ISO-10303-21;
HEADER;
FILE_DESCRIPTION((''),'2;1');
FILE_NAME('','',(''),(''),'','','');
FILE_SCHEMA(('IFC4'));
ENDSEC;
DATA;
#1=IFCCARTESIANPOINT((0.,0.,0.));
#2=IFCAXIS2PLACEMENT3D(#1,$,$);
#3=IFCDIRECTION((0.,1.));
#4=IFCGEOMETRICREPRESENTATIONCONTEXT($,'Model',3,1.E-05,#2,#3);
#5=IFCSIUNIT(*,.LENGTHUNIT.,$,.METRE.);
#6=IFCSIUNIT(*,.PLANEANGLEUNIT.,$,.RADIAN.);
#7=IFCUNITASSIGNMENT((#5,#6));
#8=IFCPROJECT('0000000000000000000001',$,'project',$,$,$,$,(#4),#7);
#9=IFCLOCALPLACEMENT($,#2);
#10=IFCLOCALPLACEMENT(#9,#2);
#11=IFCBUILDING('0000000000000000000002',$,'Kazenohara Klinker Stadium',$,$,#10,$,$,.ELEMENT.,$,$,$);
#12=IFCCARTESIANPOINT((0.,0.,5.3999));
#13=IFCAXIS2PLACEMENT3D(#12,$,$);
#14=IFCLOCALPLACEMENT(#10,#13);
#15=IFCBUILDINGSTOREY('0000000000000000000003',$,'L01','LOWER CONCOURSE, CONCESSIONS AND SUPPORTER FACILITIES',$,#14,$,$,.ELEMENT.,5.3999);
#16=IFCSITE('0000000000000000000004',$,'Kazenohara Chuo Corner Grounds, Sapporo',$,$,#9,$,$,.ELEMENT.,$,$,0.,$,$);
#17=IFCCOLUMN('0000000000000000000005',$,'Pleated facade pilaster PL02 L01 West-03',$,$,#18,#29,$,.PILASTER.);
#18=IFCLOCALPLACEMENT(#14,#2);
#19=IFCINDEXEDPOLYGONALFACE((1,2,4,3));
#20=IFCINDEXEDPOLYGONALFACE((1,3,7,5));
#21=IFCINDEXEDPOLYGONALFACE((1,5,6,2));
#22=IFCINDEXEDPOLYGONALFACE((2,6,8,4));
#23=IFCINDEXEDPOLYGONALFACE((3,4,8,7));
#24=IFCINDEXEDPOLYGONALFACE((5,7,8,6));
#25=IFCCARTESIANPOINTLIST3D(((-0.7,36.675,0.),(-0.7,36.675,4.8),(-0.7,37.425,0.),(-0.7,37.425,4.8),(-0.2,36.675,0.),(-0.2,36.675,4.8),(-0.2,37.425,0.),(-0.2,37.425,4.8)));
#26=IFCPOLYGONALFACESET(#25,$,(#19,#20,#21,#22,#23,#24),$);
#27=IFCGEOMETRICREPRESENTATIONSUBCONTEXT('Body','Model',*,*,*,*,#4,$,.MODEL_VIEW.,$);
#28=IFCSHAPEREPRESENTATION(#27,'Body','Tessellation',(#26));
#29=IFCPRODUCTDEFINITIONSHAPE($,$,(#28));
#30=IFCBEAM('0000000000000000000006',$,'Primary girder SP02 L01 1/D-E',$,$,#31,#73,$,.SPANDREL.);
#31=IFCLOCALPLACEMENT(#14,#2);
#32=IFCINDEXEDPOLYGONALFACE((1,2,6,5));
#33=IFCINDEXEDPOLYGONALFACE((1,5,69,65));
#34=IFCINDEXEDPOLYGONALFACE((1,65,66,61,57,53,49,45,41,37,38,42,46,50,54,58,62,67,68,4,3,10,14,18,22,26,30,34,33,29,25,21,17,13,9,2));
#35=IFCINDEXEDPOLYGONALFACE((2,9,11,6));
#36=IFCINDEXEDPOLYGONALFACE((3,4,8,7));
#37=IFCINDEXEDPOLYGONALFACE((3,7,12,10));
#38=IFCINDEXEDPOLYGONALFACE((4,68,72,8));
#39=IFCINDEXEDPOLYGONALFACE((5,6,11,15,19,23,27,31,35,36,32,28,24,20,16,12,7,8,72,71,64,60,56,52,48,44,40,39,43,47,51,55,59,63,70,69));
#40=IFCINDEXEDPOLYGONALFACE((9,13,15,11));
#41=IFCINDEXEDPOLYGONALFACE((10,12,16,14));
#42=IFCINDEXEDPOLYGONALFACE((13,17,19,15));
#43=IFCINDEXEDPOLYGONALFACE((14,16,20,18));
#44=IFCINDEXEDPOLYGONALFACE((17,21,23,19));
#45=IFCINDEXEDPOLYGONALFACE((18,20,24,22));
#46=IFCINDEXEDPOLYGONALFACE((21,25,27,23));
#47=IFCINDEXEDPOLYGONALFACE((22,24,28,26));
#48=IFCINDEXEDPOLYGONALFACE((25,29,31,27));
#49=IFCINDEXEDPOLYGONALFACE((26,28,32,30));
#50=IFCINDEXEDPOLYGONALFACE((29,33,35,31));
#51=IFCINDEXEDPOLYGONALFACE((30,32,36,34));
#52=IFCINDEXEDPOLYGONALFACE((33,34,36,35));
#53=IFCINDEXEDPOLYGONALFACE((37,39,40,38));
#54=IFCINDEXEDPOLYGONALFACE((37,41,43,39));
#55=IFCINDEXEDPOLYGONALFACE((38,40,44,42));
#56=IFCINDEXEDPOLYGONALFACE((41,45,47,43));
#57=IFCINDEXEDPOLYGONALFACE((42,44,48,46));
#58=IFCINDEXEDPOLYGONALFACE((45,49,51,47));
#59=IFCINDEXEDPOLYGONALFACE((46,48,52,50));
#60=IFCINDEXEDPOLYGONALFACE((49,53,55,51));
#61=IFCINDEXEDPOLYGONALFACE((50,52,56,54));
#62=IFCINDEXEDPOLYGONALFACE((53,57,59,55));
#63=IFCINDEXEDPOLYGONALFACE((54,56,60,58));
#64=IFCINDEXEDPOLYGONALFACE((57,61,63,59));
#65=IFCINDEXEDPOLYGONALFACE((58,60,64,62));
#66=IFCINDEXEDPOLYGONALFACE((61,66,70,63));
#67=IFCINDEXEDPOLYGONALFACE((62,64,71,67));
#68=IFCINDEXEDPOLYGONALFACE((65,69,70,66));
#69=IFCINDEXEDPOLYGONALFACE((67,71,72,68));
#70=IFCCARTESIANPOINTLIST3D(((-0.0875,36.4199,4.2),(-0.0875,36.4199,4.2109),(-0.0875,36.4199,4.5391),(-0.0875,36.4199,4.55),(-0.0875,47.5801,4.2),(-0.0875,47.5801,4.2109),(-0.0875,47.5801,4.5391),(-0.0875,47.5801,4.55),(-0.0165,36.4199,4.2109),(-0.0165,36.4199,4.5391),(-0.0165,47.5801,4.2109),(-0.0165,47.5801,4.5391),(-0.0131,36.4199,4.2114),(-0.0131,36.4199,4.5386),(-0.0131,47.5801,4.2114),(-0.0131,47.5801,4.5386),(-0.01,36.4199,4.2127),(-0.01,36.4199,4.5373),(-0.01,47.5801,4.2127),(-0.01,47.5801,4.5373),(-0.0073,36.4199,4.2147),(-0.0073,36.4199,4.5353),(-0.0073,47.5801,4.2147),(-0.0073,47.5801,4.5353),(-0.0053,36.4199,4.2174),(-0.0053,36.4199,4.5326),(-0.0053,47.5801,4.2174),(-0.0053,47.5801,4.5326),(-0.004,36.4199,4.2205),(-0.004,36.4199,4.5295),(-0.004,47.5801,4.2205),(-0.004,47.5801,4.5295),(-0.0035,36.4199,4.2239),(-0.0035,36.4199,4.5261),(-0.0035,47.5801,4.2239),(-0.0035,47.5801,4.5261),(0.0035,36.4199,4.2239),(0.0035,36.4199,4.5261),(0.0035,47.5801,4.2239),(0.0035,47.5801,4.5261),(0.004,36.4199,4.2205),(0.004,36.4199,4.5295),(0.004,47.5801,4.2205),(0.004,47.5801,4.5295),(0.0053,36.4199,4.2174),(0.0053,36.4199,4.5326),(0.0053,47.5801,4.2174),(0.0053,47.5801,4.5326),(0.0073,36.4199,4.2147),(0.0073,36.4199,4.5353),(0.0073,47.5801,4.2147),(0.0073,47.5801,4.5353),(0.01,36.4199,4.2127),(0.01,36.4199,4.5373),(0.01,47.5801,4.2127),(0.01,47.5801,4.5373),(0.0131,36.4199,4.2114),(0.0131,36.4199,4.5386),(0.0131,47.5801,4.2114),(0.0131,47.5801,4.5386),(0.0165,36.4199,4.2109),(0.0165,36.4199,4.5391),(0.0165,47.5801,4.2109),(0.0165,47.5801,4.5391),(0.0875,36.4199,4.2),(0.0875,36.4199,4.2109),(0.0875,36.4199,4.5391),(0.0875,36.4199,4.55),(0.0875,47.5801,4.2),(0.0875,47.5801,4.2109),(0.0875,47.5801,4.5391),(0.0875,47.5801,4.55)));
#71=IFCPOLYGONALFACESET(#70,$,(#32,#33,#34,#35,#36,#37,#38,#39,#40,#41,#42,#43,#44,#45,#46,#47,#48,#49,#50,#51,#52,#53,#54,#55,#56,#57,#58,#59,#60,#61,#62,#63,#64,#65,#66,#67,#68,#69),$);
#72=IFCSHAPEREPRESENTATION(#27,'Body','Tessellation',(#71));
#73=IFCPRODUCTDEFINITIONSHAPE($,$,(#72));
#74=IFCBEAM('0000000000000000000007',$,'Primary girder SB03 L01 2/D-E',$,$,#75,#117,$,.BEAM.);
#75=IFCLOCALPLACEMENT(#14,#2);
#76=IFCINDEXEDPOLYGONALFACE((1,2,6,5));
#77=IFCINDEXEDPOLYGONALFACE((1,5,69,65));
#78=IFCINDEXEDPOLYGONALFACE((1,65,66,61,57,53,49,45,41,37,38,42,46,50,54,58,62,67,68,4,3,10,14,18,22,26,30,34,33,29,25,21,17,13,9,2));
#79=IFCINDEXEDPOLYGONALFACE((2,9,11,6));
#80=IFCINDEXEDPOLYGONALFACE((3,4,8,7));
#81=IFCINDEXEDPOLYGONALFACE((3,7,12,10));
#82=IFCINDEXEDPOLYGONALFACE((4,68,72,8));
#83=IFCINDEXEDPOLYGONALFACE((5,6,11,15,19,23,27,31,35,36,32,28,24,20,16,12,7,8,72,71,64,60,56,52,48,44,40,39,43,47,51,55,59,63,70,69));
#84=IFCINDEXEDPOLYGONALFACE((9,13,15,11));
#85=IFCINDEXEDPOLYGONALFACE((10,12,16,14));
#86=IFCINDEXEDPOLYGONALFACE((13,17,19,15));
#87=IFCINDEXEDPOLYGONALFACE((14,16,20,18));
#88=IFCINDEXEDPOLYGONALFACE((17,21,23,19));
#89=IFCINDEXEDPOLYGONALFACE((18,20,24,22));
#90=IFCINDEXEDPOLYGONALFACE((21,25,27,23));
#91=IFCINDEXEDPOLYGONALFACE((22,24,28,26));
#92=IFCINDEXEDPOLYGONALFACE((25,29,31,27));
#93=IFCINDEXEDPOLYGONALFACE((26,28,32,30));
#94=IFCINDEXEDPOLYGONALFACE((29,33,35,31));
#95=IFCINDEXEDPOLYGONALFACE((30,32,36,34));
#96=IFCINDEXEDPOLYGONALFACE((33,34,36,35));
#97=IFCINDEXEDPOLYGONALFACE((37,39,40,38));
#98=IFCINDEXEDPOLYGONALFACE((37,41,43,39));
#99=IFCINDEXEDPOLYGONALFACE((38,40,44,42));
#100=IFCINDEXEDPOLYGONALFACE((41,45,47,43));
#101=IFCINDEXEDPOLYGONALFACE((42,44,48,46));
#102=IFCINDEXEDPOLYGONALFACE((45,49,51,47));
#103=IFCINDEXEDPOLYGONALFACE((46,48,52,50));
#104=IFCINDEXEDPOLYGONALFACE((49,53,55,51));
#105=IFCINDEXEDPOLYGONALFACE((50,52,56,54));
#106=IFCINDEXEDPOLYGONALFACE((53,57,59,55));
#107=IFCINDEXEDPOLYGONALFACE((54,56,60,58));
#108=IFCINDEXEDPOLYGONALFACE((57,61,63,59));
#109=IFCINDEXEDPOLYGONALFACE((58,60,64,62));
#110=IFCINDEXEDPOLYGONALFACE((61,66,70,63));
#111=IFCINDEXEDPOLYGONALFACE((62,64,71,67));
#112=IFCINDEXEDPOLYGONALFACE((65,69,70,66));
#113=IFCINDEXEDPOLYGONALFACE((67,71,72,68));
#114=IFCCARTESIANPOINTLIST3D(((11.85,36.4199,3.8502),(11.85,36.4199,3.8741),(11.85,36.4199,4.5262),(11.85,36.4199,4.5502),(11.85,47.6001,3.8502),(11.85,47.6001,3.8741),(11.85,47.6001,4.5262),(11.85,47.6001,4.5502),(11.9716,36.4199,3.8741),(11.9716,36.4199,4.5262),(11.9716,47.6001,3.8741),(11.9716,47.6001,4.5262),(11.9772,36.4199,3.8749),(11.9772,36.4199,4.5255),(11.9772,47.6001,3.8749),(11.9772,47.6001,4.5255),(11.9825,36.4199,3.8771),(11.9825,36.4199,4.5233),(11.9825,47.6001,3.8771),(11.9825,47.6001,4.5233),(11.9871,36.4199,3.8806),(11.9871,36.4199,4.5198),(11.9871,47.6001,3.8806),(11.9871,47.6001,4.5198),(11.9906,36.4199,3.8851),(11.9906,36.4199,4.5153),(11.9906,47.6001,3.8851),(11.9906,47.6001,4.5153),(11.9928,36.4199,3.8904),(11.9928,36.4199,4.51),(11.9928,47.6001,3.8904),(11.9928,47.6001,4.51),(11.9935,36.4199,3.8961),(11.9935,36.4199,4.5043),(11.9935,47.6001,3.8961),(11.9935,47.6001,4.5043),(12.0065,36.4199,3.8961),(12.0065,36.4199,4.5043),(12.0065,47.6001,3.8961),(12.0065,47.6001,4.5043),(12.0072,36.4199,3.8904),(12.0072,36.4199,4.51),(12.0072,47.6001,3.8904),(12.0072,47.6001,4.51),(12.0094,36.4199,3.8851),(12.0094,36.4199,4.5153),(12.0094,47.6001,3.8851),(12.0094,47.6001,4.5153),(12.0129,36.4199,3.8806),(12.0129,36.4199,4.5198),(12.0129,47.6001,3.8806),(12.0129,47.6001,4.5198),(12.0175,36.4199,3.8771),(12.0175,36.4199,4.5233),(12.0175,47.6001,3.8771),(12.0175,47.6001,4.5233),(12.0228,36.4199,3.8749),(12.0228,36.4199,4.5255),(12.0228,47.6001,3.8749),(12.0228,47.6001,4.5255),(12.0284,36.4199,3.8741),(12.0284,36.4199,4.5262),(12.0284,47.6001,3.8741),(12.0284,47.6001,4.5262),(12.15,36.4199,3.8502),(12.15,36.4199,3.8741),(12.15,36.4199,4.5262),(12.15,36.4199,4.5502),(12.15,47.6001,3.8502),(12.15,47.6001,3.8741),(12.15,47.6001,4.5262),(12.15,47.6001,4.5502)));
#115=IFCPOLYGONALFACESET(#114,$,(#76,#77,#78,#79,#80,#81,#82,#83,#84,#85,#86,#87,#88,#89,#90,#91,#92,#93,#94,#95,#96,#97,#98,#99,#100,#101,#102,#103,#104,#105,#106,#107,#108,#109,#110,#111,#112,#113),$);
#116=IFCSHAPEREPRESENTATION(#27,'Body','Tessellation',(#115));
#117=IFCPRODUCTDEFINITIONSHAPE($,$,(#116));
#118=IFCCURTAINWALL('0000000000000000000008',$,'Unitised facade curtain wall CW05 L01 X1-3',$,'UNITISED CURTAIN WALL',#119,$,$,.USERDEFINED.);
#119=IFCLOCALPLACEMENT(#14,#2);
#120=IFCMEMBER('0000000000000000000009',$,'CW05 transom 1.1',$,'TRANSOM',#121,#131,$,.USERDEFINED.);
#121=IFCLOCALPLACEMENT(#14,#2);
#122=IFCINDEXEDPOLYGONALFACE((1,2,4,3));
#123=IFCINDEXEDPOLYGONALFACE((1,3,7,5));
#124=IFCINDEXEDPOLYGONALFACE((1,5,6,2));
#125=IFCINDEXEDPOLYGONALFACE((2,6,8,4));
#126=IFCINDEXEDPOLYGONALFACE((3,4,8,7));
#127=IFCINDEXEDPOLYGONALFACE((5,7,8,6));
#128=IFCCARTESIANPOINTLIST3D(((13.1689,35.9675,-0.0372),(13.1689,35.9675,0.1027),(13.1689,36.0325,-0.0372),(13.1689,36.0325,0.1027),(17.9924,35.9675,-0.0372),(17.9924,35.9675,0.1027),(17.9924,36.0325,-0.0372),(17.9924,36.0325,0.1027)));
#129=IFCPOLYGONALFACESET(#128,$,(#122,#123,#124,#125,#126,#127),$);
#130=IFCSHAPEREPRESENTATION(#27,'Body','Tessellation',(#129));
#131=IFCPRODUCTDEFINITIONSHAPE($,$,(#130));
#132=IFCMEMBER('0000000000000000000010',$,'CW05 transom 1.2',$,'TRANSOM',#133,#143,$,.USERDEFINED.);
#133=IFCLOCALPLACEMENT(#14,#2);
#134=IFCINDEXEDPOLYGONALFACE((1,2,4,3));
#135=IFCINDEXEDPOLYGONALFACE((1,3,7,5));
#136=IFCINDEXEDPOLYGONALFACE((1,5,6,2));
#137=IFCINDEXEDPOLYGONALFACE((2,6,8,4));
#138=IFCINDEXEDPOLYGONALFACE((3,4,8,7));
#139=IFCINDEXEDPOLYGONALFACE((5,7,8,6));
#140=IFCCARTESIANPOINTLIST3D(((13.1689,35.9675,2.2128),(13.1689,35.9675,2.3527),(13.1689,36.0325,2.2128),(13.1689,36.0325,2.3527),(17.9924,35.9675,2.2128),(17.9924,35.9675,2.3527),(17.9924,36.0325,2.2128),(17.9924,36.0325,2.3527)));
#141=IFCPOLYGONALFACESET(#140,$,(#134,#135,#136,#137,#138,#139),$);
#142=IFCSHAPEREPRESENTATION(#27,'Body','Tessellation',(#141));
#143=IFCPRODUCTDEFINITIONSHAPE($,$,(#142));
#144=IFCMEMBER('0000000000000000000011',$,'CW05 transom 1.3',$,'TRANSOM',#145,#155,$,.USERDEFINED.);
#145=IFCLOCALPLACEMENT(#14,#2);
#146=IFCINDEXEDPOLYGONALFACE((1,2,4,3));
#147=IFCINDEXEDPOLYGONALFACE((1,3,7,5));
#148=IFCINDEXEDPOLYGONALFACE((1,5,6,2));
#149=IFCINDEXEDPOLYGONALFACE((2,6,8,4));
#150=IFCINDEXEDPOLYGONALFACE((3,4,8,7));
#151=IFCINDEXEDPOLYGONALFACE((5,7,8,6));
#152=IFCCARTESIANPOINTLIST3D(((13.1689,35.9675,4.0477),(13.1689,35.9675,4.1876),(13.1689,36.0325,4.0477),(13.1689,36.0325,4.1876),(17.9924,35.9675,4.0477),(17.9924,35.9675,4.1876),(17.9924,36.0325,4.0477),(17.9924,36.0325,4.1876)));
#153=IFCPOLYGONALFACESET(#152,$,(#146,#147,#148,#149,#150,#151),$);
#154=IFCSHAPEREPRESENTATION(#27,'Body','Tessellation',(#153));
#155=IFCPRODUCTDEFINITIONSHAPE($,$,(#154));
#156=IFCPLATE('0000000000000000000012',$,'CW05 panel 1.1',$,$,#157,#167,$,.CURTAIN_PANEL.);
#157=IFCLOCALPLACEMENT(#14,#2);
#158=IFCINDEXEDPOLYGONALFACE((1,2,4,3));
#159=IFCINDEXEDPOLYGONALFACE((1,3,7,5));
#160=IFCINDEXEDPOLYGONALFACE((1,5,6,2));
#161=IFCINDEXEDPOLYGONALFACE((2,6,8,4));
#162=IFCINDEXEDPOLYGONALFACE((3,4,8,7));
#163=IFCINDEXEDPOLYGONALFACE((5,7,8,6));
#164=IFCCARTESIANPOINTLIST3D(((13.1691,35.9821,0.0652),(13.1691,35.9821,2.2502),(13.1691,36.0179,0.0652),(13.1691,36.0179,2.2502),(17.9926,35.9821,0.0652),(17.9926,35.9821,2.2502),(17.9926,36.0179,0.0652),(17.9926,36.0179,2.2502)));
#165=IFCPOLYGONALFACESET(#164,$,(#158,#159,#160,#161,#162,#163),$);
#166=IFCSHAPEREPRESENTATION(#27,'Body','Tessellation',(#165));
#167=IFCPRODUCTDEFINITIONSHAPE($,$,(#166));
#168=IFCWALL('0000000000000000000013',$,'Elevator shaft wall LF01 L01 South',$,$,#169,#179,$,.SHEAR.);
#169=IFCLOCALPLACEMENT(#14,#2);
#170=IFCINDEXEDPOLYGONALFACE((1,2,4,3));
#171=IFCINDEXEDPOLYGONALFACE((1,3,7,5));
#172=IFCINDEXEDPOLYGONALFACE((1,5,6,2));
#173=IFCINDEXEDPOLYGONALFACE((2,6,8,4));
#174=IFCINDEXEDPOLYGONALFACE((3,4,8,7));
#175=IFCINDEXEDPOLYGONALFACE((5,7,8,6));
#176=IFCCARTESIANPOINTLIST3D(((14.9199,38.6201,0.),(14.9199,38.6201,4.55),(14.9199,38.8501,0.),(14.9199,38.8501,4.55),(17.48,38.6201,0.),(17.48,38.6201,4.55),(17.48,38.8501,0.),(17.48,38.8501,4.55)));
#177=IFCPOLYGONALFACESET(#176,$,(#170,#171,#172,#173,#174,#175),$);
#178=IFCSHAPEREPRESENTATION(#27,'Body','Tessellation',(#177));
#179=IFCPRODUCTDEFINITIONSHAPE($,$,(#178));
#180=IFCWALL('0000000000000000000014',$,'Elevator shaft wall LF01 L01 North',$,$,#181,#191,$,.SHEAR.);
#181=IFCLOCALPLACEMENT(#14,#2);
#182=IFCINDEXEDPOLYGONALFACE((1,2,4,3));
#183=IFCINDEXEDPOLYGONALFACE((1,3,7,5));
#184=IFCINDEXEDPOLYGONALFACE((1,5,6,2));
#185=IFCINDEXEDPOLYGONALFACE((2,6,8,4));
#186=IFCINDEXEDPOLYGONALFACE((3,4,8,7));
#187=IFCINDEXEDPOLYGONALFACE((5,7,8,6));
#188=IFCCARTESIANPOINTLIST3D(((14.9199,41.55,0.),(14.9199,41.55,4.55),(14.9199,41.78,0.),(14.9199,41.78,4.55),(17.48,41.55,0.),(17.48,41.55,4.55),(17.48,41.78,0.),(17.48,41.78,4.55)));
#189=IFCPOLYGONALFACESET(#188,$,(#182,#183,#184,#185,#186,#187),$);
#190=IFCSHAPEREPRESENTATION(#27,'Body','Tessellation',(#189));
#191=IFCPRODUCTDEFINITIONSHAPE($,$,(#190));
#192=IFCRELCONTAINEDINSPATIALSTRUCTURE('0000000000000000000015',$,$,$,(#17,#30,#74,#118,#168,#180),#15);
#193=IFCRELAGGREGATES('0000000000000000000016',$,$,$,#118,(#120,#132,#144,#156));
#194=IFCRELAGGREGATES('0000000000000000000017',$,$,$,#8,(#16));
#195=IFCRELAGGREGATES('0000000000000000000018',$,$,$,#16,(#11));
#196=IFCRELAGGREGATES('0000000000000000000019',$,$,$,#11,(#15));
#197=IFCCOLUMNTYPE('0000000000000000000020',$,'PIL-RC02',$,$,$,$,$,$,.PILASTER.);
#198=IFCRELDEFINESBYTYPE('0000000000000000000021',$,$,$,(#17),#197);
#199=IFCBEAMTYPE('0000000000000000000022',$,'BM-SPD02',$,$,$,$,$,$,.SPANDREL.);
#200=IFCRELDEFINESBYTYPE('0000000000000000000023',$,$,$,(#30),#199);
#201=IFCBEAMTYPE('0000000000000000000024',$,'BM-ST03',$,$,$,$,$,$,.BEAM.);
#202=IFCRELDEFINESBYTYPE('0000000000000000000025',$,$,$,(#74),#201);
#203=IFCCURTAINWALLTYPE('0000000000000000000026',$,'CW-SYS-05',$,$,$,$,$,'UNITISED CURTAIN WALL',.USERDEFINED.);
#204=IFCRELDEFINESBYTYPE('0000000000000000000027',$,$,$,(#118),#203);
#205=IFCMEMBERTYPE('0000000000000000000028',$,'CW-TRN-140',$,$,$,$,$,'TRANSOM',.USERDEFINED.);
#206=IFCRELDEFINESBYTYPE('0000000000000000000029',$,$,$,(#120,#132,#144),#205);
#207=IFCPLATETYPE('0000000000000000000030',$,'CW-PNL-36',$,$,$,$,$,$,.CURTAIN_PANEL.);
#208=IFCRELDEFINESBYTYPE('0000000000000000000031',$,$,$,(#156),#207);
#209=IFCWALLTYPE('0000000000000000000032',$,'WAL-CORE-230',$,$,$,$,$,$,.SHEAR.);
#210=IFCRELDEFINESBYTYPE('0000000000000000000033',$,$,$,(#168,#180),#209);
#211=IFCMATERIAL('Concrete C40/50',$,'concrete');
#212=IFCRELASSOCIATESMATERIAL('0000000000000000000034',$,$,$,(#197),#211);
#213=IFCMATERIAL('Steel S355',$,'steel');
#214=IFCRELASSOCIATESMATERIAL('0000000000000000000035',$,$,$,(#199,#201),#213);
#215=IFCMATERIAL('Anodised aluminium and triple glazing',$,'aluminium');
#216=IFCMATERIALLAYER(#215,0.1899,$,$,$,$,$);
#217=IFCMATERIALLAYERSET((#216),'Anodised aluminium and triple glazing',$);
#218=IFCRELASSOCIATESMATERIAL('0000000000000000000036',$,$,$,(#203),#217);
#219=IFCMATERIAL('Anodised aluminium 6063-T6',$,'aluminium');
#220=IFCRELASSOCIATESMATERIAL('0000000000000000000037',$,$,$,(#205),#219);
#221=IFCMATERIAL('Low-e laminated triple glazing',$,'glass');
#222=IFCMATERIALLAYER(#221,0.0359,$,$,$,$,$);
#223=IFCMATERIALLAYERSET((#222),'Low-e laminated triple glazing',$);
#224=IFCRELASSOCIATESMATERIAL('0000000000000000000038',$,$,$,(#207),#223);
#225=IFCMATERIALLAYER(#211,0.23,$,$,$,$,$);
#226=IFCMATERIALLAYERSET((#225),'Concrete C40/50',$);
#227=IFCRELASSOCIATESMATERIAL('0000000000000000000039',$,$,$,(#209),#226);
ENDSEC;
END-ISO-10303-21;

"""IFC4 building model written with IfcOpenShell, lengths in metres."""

from ifc_helpers import new_model, si_unit, direction, frame, frame_2d, origin, origin_2d, place, context, subcontext, project, spatial, rectangle, i_section, extrude, material, layer, layer_set, material_profile, profile_set, type_object, element, aggregate, save


model = new_model("IFC4")

# Units and contexts
model_context = context("Model", 3, precision=1e-05, world=origin(), true_north=direction((0.0, 1.0)))
body_context = subcontext(model_context, "Body", "Model", "MODEL_VIEW")
ifc_project = project(units=[si_unit("LENGTHUNIT", "METRE"), si_unit("PLANEANGLEUNIT", "RADIAN")], contexts=[model_context])

# Site, building, storey
site_placement = place(None, origin())
site = spatial("IfcSite", under=ifc_project, at=site_placement, Name="Kazenohara Chuo Corner Grounds, Sapporo", CompositionType="ELEMENT", RefElevation=0.0)
building_placement = place(site_placement, origin())
building = spatial("IfcBuilding", under=site, at=building_placement, Name="Kazenohara Klinker Stadium", CompositionType="ELEMENT")
storey_placement = place(building_placement, frame((0.0, 0.0, 5.3999)))
storey = spatial("IfcBuildingStorey", under=building, at=storey_placement, Name="L01", Description="LOWER CONCOURSE, CONCESSIONS AND SUPPORTER FACILITIES", CompositionType="ELEMENT", Elevation=5.3999)

# Column
ifc_material_1 = material(Name="Concrete C40/50", Category="concrete")
ifc_material_profile_1 = material_profile(ifc_material_1, rectangle(XDim=0.5, YDim=0.75, at=origin_2d()), Name="RC-PILASTER-500x750")
ifc_profile_set_1 = profile_set([ifc_material_profile_1], Name="Concrete C40/50")
column_type = type_object("IfcColumnType", Name="PIL-RC02", PredefinedType="PILASTER", material=ifc_profile_set_1)
column_placement = place(storey_placement, frame((-0.45, 37.05, 0.0), z_axis=(0.0, 0.0, 1.0), x_axis=(1.0, 0.0, 0.0)))
element("IfcColumn", 1, at=column_placement, inside=storey, type_object=column_type, Name="Pleated facade pilaster PL02 L01 West-03", PredefinedType="PILASTER", context=body_context, shape_type="SweptSolid", body=[
    extrude(rectangle(XDim=0.5, YDim=0.75, at=origin_2d()), origin(), (0.0, 0.0, 1.0), 4.8),
])

# Beams
ifc_material_2 = material(Name="Steel S355", Category="steel")
ifc_material_profile_2 = material_profile(ifc_material_2, i_section(OverallWidth=0.175, OverallDepth=0.3501, WebThickness=0.0071, FlangeThickness=0.011, FilletRadius=0.0129, at=origin_2d()), Name="H-350x175x7x11")
ifc_profile_set_2 = profile_set([ifc_material_profile_2], Name="Steel S355")
beam_type_1 = type_object("IfcBeamType", Name="BM-SPD02", PredefinedType="SPANDREL", material=ifc_profile_set_2)
beam_1_placement = place(storey_placement, frame((0.0, 36.4199, 4.375), z_axis=(0.0, 1.0, 0.0), x_axis=(-1.0, 0.0, 0.0)))
element("IfcBeam", 2, at=beam_1_placement, inside=storey, type_object=beam_type_1, Name="Primary girder SP02 L01 1/D-E", PredefinedType="SPANDREL", context=body_context, shape_type="SweptSolid", body=[
    extrude(i_section(OverallWidth=0.175, OverallDepth=0.3501, WebThickness=0.0071, FlangeThickness=0.011, FilletRadius=0.0129, at=origin_2d()), origin(), (0.0, 0.0, 1.0), 11.1602),
])
ifc_material_profile_3 = material_profile(ifc_material_2, i_section(OverallWidth=0.3, OverallDepth=0.7, WebThickness=0.0129, FlangeThickness=0.0239, FilletRadius=0.022, at=origin_2d()), Name="H-700x300x13x24")
ifc_profile_set_3 = profile_set([ifc_material_profile_3], Name="Steel S355")
beam_type_2 = type_object("IfcBeamType", Name="BM-ST03", PredefinedType="BEAM", material=ifc_profile_set_3)
beam_2_placement = place(storey_placement, frame((12.0, 36.4199, 4.2002), z_axis=(0.0, 1.0, 0.0), x_axis=(-1.0, 0.0, 0.0)))
element("IfcBeam", 3, at=beam_2_placement, inside=storey, type_object=beam_type_2, Name="Primary girder SB03 L01 2/D-E", PredefinedType="BEAM", context=body_context, shape_type="SweptSolid", body=[
    extrude(i_section(OverallWidth=0.3, OverallDepth=0.7, WebThickness=0.0129, FlangeThickness=0.0239, FilletRadius=0.022, at=origin_2d()), origin(), (0.0, 0.0, 1.0), 11.1802),
])

# Curtain wall, members, plate
ifc_material_3 = material(Name="Anodised aluminium and triple glazing", Category="aluminium")
ifc_layer_1 = layer(ifc_material_3, 0.1899)
ifc_layer_set_1 = layer_set([ifc_layer_1], Name="Anodised aluminium and triple glazing")
curtain_wall_type = type_object("IfcCurtainWallType", Name="CW-SYS-05", ElementType="UNITISED CURTAIN WALL", PredefinedType="USERDEFINED", material=ifc_layer_set_1)
curtain_wall_placement = place(storey_placement, origin())
curtain_wall = element("IfcCurtainWall", 4, at=curtain_wall_placement, inside=storey, type_object=curtain_wall_type, Name="Unitised facade curtain wall CW05 L01 X1-3", ObjectType="UNITISED CURTAIN WALL", PredefinedType="USERDEFINED")
ifc_material_4 = material(Name="Anodised aluminium 6063-T6", Category="aluminium")
ifc_material_profile_4 = material_profile(ifc_material_4, rectangle(XDim=0.0649, YDim=0.1399, at=origin_2d()), Name="ALU-TRN-65x140")
ifc_profile_set_4 = profile_set([ifc_material_profile_4], Name="Anodised aluminium 6063-T6")
member_type = type_object("IfcMemberType", Name="CW-TRN-140", ElementType="TRANSOM", PredefinedType="USERDEFINED", material=ifc_profile_set_4)
member_1_placement = place(storey_placement, frame((13.1689, 36.0, 0.0327), z_axis=(1.0, 0.0, 0.0), x_axis=(0.0, 1.0, 0.0)))
member_1 = element("IfcMember", 5, at=member_1_placement, type_object=member_type, Name="CW05 transom 1.1", ObjectType="TRANSOM", PredefinedType="USERDEFINED", context=body_context, shape_type="SweptSolid", body=[
    extrude(rectangle(XDim=0.0649, YDim=0.1399, at=origin_2d()), origin(), (0.0, 0.0, 1.0), 4.8235),
])
member_2_placement = place(storey_placement, frame((13.1689, 36.0, 2.2827), z_axis=(1.0, 0.0, 0.0), x_axis=(0.0, 1.0, 0.0)))
member_2 = element("IfcMember", 6, at=member_2_placement, type_object=member_type, Name="CW05 transom 1.2", ObjectType="TRANSOM", PredefinedType="USERDEFINED", context=body_context, shape_type="SweptSolid", body=[
    extrude(rectangle(XDim=0.0649, YDim=0.1399, at=origin_2d()), origin(), (0.0, 0.0, 1.0), 4.8235),
])
member_3_placement = place(storey_placement, frame((13.1689, 36.0, 4.1177), z_axis=(1.0, 0.0, 0.0), x_axis=(0.0, 1.0, 0.0)))
member_3 = element("IfcMember", 7, at=member_3_placement, type_object=member_type, Name="CW05 transom 1.3", ObjectType="TRANSOM", PredefinedType="USERDEFINED", context=body_context, shape_type="SweptSolid", body=[
    extrude(rectangle(XDim=0.0649, YDim=0.1399, at=origin_2d()), origin(), (0.0, 0.0, 1.0), 4.8235),
])
ifc_material_5 = material(Name="Low-e laminated triple glazing", Category="glass")
ifc_layer_2 = layer(ifc_material_5, 0.0359)
ifc_layer_set_2 = layer_set([ifc_layer_2], Name="Low-e laminated triple glazing")
plate_type = type_object("IfcPlateType", Name="CW-PNL-36", PredefinedType="CURTAIN_PANEL", material=ifc_layer_set_2)
plate_placement = place(storey_placement, frame((15.5808, 36.0, 0.0652), z_axis=(0.0, 0.0, 1.0), x_axis=(1.0, 0.0, 0.0)))
plate = element("IfcPlate", 8, at=plate_placement, type_object=plate_type, Name="CW05 panel 1.1", PredefinedType="CURTAIN_PANEL", context=body_context, shape_type="SweptSolid", body=[
    extrude(rectangle(XDim=4.8235, YDim=0.0359, at=origin_2d()), origin(), (0.0, 0.0, 1.0), 2.1851),
])
aggregate(curtain_wall, [member_1, member_2, member_3, plate])

# Walls
ifc_layer_3 = layer(ifc_material_1, 0.23)
ifc_layer_set_3 = layer_set([ifc_layer_3], Name="Concrete C40/50")
wall_type_1 = type_object("IfcWallType", Name="WAL-CORE-230", PredefinedType="SHEAR", material=ifc_layer_set_3)
for number, where, z_axis, x_axis, name in (
    (9, (14.9199, 38.7351, 0.0), (0.0, 0.0, 1.0), (1.0, 0.0, 0.0), "Elevator shaft wall LF01 L01 South"),
    (10, (14.9199, 41.665, 0.0), (0.0, 0.0, 1.0), (1.0, 0.0, 0.0), "Elevator shaft wall LF01 L01 North"),
):
    element("IfcWall", number, at=place(storey_placement, frame(where, z_axis=z_axis, x_axis=x_axis)), inside=storey, type_object=wall_type_1, Name=name, PredefinedType="SHEAR", context=body_context, shape_type="SweptSolid", body=[
        extrude(rectangle(XDim=2.5601, YDim=0.23, at=frame_2d((1.28, 0.0))), origin(), (0.0, 0.0, 1.0), 4.55),
    ])

save(model, "model.ifc")
